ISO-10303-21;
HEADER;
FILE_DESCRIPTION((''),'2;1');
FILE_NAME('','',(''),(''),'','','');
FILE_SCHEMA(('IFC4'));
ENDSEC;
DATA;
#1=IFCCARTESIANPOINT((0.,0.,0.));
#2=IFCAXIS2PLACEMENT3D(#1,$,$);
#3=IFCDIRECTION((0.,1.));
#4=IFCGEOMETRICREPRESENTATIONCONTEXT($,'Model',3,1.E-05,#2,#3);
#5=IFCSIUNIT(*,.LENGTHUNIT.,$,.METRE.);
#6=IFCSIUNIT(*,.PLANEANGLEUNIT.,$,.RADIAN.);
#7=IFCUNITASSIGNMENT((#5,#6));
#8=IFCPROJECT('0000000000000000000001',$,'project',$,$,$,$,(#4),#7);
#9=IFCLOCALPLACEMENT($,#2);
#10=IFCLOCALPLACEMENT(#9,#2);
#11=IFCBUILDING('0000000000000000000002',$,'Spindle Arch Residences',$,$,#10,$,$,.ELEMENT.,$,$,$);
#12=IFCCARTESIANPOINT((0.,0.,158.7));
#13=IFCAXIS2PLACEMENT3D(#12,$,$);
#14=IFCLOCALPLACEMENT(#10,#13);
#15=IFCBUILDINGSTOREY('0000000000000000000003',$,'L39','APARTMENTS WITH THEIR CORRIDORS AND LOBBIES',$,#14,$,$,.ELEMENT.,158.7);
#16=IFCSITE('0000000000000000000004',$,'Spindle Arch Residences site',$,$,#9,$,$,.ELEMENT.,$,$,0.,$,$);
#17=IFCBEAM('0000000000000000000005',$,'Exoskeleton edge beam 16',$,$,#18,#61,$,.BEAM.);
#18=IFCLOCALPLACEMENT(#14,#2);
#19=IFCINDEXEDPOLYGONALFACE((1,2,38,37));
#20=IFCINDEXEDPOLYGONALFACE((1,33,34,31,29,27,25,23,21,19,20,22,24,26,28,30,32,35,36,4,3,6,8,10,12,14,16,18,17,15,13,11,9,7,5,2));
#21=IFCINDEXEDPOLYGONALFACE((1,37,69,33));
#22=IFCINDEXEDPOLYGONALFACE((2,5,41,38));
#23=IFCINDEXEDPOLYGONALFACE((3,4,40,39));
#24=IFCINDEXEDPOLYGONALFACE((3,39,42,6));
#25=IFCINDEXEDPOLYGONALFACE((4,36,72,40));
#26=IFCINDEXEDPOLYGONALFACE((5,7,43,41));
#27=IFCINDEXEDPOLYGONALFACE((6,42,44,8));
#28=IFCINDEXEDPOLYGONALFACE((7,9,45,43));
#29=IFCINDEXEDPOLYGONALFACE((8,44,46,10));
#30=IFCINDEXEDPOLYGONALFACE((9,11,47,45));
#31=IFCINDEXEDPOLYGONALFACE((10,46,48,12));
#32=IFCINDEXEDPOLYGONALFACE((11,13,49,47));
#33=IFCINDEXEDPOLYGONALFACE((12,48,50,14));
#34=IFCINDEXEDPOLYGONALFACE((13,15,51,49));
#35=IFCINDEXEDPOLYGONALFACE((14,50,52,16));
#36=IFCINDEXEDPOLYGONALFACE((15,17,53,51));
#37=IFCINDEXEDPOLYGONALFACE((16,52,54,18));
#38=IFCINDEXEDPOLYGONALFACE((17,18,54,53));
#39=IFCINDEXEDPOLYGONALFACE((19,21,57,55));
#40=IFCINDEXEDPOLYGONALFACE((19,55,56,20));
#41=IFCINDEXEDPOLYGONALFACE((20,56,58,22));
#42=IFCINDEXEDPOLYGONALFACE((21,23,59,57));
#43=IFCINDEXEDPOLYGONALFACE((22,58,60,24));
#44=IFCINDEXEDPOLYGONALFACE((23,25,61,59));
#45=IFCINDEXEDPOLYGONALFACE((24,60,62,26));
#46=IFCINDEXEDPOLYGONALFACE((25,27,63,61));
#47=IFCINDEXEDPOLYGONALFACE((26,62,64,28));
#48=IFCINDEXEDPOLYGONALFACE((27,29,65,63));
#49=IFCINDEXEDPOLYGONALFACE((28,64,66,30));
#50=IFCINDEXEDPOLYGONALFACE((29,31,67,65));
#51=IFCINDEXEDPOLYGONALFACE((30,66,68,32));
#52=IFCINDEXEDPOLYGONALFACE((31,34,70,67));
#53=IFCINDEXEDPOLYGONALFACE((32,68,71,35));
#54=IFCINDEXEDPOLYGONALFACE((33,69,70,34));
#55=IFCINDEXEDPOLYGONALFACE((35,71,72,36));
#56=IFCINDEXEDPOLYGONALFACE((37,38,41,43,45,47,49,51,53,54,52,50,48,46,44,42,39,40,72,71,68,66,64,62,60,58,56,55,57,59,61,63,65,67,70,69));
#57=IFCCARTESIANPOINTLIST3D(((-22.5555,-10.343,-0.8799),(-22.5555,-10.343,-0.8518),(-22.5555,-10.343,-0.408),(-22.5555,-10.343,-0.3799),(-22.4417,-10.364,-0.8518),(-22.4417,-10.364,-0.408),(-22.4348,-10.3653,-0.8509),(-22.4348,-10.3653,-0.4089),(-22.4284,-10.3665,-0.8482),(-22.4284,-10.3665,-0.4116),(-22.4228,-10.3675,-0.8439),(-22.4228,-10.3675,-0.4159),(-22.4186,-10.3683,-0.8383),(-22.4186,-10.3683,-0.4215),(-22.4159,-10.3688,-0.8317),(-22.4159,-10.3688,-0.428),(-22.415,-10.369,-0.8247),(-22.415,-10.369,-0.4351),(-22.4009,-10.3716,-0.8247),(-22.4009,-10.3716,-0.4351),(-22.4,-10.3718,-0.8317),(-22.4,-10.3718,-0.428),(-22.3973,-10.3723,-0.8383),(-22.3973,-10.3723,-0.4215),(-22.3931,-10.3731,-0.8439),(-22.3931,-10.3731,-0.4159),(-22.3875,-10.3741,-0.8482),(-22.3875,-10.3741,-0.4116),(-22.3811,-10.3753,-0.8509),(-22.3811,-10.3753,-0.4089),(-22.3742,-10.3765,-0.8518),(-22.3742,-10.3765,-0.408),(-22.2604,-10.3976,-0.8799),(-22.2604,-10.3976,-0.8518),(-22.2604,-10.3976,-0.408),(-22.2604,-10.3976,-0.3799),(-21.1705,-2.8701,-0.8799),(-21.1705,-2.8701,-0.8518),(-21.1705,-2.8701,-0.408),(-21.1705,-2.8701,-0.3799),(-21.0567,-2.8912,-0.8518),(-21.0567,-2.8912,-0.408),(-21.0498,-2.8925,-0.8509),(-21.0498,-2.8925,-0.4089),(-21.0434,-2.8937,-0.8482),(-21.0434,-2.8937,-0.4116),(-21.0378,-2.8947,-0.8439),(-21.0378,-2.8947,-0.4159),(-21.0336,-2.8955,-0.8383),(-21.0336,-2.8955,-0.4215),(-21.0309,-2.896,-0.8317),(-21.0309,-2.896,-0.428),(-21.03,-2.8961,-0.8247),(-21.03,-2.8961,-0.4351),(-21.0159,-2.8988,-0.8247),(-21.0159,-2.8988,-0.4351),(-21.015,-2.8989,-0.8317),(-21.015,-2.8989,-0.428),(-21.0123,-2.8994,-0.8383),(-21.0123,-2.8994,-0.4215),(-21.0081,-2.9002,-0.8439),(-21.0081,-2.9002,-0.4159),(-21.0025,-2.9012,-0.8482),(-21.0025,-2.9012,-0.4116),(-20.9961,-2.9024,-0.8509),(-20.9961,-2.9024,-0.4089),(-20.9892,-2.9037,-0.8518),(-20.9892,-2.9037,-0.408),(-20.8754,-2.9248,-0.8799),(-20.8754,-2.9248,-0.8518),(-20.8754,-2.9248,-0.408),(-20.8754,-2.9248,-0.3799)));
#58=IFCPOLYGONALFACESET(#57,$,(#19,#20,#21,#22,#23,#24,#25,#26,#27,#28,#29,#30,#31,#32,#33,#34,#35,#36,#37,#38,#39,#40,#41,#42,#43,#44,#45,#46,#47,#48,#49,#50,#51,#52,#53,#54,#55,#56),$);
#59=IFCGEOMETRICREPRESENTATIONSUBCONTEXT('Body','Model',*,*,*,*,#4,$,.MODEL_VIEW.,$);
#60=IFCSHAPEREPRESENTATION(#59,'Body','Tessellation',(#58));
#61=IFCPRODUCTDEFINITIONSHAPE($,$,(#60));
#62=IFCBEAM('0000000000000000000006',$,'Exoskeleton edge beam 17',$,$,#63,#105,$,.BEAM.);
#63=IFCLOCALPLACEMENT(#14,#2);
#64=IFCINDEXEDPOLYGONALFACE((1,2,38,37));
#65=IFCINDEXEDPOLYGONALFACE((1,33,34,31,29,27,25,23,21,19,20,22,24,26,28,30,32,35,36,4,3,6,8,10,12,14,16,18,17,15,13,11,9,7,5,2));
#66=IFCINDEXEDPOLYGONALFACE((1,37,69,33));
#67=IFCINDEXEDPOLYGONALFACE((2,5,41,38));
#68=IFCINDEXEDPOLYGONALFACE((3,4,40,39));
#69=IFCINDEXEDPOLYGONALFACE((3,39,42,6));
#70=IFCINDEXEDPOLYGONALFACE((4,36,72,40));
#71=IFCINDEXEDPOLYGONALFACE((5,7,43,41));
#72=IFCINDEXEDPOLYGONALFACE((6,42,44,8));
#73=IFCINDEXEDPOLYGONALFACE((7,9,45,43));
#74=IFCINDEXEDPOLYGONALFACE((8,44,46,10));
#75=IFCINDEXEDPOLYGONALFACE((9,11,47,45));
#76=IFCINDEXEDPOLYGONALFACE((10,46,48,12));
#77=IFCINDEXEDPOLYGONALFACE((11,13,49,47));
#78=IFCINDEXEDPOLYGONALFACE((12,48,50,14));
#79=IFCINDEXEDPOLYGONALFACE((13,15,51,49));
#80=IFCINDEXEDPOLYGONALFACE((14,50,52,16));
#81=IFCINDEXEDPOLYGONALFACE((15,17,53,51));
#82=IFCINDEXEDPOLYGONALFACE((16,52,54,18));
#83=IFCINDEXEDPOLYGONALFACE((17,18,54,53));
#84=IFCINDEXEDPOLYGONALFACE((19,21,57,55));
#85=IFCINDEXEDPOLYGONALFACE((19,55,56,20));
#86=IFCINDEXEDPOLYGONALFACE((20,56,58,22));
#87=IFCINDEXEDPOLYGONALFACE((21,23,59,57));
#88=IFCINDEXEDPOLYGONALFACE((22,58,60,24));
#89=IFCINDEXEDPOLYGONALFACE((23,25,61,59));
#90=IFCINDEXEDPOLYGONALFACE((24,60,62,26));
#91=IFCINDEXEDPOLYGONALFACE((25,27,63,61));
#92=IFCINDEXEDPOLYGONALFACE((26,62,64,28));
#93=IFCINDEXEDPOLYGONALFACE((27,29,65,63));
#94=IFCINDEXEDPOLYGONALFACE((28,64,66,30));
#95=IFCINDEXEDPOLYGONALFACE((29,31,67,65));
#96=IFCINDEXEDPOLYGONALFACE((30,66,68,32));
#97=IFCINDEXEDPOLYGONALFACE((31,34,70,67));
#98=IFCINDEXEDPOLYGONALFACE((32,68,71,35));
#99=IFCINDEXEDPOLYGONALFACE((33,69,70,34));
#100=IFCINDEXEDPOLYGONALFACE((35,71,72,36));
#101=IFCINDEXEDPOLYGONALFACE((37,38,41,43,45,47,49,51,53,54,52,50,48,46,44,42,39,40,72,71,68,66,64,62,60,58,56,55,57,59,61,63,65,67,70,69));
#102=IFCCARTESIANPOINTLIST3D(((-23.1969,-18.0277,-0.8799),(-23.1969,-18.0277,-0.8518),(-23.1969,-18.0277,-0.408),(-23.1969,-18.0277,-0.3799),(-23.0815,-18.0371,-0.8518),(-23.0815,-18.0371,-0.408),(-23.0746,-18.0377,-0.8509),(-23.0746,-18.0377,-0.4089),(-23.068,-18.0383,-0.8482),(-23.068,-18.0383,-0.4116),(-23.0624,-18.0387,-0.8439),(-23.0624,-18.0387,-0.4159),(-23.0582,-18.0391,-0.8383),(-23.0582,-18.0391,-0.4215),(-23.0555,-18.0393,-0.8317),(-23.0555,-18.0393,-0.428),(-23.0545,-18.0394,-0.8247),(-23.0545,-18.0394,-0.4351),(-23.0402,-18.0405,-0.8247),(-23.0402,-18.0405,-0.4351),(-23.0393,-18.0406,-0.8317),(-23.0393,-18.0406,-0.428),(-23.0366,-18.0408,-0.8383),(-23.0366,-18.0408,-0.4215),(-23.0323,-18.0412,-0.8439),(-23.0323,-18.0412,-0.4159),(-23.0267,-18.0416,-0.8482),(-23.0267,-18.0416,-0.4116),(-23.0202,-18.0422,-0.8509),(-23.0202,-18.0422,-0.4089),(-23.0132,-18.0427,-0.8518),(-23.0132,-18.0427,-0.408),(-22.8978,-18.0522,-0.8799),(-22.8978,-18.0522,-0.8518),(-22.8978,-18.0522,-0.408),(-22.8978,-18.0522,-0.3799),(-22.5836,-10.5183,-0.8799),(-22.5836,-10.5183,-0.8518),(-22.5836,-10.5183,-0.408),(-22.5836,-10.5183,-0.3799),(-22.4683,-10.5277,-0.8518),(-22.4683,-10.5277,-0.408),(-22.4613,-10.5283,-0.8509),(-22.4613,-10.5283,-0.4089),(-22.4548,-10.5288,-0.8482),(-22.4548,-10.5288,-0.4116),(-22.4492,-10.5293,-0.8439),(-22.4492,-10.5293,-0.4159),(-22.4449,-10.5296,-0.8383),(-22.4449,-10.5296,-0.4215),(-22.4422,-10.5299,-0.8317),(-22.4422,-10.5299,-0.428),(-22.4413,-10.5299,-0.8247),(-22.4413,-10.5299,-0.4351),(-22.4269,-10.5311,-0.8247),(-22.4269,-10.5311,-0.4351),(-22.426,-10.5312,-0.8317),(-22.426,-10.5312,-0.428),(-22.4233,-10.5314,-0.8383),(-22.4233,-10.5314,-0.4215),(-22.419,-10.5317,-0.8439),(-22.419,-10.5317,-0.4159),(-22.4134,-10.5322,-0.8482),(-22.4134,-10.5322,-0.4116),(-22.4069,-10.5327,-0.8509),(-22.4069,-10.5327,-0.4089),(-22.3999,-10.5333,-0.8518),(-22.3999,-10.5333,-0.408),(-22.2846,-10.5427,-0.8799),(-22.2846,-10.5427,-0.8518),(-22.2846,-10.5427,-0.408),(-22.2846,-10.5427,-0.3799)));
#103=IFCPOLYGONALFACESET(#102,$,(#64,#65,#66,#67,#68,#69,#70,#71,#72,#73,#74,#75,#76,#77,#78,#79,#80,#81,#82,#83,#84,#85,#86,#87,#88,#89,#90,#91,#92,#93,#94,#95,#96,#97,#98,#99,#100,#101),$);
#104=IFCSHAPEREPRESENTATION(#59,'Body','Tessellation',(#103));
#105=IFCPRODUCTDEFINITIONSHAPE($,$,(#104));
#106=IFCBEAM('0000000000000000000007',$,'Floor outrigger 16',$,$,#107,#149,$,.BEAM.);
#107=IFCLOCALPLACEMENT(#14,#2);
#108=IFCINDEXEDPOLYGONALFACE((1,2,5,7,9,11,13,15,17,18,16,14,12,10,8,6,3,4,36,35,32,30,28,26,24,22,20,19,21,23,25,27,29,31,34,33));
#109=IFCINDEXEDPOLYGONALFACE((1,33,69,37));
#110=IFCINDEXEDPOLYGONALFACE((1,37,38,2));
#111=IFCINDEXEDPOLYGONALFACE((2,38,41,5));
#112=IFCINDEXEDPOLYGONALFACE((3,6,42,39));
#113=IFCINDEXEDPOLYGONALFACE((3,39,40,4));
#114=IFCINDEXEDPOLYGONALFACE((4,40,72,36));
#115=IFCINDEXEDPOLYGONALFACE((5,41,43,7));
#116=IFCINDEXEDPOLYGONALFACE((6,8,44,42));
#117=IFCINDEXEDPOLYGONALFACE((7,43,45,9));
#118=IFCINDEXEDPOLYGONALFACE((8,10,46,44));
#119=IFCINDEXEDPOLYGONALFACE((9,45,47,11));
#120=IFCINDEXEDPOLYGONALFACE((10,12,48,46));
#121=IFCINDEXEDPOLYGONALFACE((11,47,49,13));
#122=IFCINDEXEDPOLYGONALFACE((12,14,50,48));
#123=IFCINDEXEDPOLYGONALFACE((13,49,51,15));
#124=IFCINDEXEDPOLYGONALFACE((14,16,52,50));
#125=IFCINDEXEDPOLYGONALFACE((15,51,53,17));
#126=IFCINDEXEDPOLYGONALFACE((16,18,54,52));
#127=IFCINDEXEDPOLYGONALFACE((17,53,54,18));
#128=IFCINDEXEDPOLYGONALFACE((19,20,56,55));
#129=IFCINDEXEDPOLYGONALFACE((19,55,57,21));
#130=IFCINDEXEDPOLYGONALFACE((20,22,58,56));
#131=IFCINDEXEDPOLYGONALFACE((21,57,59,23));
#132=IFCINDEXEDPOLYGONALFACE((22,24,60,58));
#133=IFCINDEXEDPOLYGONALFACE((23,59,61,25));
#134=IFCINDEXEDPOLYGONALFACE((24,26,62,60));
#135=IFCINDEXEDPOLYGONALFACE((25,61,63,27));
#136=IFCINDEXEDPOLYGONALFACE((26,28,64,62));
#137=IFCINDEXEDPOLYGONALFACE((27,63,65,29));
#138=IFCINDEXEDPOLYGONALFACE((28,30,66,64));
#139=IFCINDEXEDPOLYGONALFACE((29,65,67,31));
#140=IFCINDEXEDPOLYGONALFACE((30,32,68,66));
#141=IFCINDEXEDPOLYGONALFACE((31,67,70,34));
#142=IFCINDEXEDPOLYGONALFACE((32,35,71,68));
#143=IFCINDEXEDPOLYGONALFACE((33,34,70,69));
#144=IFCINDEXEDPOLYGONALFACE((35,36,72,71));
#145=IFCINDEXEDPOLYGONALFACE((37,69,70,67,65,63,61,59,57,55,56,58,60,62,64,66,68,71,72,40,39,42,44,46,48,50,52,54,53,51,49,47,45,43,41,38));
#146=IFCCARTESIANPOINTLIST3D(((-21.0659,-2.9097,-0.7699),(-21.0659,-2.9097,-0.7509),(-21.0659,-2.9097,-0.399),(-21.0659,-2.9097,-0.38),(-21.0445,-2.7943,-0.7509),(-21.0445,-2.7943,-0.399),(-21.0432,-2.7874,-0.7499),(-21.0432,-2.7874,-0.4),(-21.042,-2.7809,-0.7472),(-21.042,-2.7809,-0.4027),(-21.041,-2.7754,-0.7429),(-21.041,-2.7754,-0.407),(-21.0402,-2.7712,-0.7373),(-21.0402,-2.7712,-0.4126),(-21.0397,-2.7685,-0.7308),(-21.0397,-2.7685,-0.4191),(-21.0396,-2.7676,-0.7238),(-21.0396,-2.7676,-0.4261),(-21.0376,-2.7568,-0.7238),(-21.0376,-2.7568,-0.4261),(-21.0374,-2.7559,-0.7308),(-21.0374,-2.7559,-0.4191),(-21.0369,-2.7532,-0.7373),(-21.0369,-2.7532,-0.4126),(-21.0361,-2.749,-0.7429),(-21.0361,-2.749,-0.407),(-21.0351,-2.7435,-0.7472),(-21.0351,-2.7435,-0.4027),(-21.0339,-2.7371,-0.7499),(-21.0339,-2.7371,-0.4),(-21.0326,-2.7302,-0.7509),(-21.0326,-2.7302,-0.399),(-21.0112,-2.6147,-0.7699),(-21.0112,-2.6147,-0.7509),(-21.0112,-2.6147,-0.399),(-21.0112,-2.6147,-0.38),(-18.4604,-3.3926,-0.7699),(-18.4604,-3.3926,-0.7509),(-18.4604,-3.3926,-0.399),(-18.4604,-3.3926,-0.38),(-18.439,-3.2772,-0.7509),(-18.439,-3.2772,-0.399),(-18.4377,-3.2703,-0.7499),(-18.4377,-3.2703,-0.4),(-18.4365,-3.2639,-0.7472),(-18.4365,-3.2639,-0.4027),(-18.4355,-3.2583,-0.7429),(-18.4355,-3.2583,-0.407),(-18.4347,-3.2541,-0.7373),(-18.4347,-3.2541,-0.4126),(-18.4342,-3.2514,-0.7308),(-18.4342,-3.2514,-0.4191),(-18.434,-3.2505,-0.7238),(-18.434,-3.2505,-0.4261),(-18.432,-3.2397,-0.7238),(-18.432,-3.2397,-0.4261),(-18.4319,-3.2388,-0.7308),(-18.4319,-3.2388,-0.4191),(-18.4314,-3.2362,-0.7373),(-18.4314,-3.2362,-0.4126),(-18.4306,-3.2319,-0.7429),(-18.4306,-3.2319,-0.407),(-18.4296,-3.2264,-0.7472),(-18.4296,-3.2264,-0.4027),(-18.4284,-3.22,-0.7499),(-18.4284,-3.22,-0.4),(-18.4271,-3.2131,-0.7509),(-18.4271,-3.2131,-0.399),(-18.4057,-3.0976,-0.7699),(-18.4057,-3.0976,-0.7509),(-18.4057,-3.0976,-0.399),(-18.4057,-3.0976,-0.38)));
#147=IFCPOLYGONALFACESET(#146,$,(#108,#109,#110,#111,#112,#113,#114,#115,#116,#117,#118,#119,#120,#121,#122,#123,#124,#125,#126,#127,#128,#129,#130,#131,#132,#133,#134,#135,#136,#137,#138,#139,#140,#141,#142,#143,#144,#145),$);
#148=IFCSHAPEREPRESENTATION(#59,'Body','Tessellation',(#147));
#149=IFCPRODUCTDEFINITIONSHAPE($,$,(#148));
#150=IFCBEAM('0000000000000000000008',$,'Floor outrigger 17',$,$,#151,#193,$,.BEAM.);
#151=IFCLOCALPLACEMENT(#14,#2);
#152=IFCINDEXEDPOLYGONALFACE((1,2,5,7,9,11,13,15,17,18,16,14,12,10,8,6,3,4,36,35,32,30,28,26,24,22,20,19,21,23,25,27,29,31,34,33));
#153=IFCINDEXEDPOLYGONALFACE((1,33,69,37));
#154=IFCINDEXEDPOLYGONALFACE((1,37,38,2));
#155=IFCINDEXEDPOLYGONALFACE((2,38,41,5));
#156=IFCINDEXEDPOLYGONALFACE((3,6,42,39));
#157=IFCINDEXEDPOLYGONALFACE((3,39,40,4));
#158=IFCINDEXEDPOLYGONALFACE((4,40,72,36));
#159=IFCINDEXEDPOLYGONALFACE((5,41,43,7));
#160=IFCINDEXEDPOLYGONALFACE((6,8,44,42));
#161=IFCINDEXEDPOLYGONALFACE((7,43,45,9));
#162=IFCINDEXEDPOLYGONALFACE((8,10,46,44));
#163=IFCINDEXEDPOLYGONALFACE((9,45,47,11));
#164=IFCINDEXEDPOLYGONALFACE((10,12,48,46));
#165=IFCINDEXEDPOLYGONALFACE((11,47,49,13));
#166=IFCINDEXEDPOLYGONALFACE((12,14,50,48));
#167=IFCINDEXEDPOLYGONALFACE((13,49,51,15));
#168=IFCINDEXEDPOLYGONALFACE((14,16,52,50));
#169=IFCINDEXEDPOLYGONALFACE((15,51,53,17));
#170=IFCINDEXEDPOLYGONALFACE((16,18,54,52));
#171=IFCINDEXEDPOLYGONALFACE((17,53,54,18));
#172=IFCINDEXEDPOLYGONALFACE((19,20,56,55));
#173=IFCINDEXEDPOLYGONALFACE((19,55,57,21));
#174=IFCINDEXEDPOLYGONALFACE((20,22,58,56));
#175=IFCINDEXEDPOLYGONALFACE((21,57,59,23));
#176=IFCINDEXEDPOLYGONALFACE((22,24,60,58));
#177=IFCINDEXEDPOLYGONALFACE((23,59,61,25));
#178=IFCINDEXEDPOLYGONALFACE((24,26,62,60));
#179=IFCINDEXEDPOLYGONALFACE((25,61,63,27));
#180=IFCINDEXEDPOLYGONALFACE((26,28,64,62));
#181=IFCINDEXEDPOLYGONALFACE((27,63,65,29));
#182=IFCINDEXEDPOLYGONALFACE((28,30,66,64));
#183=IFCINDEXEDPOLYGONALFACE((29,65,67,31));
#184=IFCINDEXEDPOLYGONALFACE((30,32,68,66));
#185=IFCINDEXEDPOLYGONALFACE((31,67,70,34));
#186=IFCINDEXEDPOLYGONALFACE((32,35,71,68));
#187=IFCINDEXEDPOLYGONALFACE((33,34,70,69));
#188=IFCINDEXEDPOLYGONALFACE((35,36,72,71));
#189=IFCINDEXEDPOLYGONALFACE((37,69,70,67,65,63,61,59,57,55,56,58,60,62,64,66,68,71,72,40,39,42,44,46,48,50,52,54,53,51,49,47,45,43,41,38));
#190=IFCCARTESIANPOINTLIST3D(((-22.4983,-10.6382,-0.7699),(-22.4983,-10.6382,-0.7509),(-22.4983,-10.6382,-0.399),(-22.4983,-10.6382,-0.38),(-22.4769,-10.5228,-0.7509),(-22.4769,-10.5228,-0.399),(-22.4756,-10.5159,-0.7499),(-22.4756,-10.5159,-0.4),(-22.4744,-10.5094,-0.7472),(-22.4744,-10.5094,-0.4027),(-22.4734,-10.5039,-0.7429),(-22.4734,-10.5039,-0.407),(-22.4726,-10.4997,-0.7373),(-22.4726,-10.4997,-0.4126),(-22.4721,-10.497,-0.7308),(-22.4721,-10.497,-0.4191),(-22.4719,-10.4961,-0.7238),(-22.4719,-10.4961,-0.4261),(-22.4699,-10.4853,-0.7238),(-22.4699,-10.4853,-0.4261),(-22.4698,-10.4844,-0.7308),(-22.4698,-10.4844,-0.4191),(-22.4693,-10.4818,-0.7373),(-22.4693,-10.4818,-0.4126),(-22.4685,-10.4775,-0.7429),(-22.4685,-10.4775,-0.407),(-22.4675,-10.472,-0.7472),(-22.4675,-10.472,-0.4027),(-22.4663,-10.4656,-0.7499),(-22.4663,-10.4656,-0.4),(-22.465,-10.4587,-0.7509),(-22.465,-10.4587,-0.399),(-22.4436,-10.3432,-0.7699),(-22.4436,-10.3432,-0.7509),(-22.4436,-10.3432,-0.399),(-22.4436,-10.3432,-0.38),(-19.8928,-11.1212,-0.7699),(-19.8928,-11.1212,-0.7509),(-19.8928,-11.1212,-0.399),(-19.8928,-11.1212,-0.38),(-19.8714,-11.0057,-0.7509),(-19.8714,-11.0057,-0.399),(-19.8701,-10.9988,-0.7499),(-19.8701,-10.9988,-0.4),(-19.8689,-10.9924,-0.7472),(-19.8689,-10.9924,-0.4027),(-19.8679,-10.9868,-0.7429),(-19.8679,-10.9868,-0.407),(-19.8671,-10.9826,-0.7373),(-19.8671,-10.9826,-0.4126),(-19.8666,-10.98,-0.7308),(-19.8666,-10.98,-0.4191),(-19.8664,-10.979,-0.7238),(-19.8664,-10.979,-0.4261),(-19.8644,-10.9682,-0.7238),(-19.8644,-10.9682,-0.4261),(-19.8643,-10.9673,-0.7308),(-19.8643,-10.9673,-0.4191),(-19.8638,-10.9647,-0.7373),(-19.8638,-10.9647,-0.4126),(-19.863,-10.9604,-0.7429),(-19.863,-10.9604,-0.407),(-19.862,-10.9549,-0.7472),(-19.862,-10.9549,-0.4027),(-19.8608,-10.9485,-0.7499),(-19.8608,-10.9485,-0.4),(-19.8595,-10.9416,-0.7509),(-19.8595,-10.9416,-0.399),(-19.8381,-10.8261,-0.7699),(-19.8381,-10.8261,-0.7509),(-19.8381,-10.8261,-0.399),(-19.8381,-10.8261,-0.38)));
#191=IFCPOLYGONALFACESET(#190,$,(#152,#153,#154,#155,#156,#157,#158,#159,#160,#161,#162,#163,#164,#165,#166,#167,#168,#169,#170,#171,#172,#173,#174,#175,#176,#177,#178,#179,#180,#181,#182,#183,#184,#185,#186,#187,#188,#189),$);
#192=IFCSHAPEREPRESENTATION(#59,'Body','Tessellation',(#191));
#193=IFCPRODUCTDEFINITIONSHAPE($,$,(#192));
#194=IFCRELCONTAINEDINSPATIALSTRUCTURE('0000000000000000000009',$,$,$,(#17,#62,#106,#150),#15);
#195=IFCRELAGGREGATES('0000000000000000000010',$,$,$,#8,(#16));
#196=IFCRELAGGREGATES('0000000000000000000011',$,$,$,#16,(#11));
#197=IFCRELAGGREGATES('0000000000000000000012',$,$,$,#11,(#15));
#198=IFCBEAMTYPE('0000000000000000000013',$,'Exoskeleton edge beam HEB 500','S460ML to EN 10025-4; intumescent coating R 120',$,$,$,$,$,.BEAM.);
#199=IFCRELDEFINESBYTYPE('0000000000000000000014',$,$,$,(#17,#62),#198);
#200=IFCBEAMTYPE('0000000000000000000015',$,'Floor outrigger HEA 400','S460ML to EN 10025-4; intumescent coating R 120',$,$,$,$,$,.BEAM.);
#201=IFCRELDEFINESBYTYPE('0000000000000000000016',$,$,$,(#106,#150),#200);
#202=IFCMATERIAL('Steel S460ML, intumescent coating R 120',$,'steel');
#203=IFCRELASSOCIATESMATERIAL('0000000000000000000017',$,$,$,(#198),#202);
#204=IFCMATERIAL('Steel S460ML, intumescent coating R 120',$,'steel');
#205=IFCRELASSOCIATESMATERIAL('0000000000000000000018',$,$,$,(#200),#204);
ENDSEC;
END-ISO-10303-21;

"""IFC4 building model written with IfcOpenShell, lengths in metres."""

from ifc_helpers import new_model, si_unit, direction, frame, origin, origin_2d, place, context, subcontext, project, spatial, i_section, extrude, material, material_profile, profile_set, type_object, element, save


model = new_model("IFC4")

# Units and contexts
model_context = context("Model", 3, precision=1e-05, world=origin(), true_north=direction((0.0, 1.0)))
body_context = subcontext(model_context, "Body", "Model", "MODEL_VIEW")
ifc_project = project(units=[si_unit("LENGTHUNIT", "METRE"), si_unit("PLANEANGLEUNIT", "RADIAN")], contexts=[model_context])

# Site, building, storey
site_placement = place(None, origin())
site = spatial("IfcSite", under=ifc_project, at=site_placement, Name="Spindle Arch Residences site", CompositionType="ELEMENT", RefElevation=0.0)
building_placement = place(site_placement, origin())
building = spatial("IfcBuilding", under=site, at=building_placement, Name="Spindle Arch Residences", CompositionType="ELEMENT")
storey_placement = place(building_placement, frame((0.0, 0.0, 158.7)))
storey = spatial("IfcBuildingStorey", under=building, at=storey_placement, Name="L39", Description="APARTMENTS WITH THEIR CORRIDORS AND LOBBIES", CompositionType="ELEMENT", Elevation=158.7)

# Beams
ifc_material_1 = material(Name="Steel S460ML, intumescent coating R 120", Category="steel")
ifc_material_profile_1 = material_profile(ifc_material_1, i_section(OverallWidth=0.3, OverallDepth=0.5, WebThickness=0.0144, FlangeThickness=0.0281, FilletRadius=0.0271, at=origin_2d()), Name="HEB 500")
ifc_profile_set_1 = profile_set([ifc_material_profile_1], Name="Steel S460ML, intumescent coating R 120")
beam_type_1 = type_object("IfcBeamType", Name="Exoskeleton edge beam HEB 500", Description="S460ML to EN 10025-4; intumescent coating R 120", PredefinedType="BEAM", material=ifc_profile_set_1)
beam_1_placement = place(storey_placement, frame((-21.0229, -2.8975, -0.6299), z_axis=(-0.182234, -0.983255, 0.0), x_axis=(0.983255, -0.182234, 0.0)))
element("IfcBeam", 1, at=beam_1_placement, inside=storey, type_object=beam_type_1, Name="Exoskeleton edge beam 16", PredefinedType="BEAM", context=body_context, shape_type="SweptSolid", body=[
    extrude(i_section(OverallWidth=0.3, OverallDepth=0.5, WebThickness=0.0144, FlangeThickness=0.0281, FilletRadius=0.0271, at=origin_2d()), origin(), (0.0, 0.0, 1.0), 7.6001),
])
beam_2_placement = place(storey_placement, frame((-22.4341, -10.5305, -0.6299), z_axis=(-0.081396, -0.996682, 0.0), x_axis=(0.996682, -0.081396, 0.0)))
element("IfcBeam", 2, at=beam_2_placement, inside=storey, type_object=beam_type_1, Name="Exoskeleton edge beam 17", PredefinedType="BEAM", context=body_context, shape_type="SweptSolid", body=[
    extrude(i_section(OverallWidth=0.3, OverallDepth=0.5, WebThickness=0.0144, FlangeThickness=0.0281, FilletRadius=0.0271, at=origin_2d()), origin(), (0.0, 0.0, 1.0), 7.5344),
])
ifc_material_2 = material(Name="Steel S460ML, intumescent coating R 120", Category="steel")
ifc_material_profile_2 = material_profile(ifc_material_2, i_section(OverallWidth=0.3, OverallDepth=0.3899, WebThickness=0.011, FlangeThickness=0.019, FilletRadius=0.0271, at=origin_2d()), Name="HEA 400")
ifc_profile_set_2 = profile_set([ifc_material_profile_2], Name="Steel S460ML, intumescent coating R 120")
beam_type_2 = type_object("IfcBeamType", Name="Floor outrigger HEA 400", Description="S460ML to EN 10025-4; intumescent coating R 120", PredefinedType="BEAM", material=ifc_profile_set_2)
for number, where, z_axis, x_axis, name in (
    (3, (-21.0386, -2.7622, -0.575), (0.983254, -0.182241, 0.0), (0.182241, 0.983254, 0.0), "Floor outrigger 16"),
    (4, (-22.4709, -10.4907, -0.575), (0.983254, -0.182241, 0.0), (0.182241, 0.983254, 0.0), "Floor outrigger 17"),
):
    element("IfcBeam", number, at=place(storey_placement, frame(where, z_axis=z_axis, x_axis=x_axis)), inside=storey, type_object=beam_type_2, Name=name, PredefinedType="BEAM", context=body_context, shape_type="SweptSolid", body=[
        extrude(i_section(OverallWidth=0.3, OverallDepth=0.3899, WebThickness=0.011, FlangeThickness=0.019, FilletRadius=0.0271, at=origin_2d()), origin(), (0.0, 0.0, 1.0), 2.6499),
    ])

save(model, "model.ifc")
